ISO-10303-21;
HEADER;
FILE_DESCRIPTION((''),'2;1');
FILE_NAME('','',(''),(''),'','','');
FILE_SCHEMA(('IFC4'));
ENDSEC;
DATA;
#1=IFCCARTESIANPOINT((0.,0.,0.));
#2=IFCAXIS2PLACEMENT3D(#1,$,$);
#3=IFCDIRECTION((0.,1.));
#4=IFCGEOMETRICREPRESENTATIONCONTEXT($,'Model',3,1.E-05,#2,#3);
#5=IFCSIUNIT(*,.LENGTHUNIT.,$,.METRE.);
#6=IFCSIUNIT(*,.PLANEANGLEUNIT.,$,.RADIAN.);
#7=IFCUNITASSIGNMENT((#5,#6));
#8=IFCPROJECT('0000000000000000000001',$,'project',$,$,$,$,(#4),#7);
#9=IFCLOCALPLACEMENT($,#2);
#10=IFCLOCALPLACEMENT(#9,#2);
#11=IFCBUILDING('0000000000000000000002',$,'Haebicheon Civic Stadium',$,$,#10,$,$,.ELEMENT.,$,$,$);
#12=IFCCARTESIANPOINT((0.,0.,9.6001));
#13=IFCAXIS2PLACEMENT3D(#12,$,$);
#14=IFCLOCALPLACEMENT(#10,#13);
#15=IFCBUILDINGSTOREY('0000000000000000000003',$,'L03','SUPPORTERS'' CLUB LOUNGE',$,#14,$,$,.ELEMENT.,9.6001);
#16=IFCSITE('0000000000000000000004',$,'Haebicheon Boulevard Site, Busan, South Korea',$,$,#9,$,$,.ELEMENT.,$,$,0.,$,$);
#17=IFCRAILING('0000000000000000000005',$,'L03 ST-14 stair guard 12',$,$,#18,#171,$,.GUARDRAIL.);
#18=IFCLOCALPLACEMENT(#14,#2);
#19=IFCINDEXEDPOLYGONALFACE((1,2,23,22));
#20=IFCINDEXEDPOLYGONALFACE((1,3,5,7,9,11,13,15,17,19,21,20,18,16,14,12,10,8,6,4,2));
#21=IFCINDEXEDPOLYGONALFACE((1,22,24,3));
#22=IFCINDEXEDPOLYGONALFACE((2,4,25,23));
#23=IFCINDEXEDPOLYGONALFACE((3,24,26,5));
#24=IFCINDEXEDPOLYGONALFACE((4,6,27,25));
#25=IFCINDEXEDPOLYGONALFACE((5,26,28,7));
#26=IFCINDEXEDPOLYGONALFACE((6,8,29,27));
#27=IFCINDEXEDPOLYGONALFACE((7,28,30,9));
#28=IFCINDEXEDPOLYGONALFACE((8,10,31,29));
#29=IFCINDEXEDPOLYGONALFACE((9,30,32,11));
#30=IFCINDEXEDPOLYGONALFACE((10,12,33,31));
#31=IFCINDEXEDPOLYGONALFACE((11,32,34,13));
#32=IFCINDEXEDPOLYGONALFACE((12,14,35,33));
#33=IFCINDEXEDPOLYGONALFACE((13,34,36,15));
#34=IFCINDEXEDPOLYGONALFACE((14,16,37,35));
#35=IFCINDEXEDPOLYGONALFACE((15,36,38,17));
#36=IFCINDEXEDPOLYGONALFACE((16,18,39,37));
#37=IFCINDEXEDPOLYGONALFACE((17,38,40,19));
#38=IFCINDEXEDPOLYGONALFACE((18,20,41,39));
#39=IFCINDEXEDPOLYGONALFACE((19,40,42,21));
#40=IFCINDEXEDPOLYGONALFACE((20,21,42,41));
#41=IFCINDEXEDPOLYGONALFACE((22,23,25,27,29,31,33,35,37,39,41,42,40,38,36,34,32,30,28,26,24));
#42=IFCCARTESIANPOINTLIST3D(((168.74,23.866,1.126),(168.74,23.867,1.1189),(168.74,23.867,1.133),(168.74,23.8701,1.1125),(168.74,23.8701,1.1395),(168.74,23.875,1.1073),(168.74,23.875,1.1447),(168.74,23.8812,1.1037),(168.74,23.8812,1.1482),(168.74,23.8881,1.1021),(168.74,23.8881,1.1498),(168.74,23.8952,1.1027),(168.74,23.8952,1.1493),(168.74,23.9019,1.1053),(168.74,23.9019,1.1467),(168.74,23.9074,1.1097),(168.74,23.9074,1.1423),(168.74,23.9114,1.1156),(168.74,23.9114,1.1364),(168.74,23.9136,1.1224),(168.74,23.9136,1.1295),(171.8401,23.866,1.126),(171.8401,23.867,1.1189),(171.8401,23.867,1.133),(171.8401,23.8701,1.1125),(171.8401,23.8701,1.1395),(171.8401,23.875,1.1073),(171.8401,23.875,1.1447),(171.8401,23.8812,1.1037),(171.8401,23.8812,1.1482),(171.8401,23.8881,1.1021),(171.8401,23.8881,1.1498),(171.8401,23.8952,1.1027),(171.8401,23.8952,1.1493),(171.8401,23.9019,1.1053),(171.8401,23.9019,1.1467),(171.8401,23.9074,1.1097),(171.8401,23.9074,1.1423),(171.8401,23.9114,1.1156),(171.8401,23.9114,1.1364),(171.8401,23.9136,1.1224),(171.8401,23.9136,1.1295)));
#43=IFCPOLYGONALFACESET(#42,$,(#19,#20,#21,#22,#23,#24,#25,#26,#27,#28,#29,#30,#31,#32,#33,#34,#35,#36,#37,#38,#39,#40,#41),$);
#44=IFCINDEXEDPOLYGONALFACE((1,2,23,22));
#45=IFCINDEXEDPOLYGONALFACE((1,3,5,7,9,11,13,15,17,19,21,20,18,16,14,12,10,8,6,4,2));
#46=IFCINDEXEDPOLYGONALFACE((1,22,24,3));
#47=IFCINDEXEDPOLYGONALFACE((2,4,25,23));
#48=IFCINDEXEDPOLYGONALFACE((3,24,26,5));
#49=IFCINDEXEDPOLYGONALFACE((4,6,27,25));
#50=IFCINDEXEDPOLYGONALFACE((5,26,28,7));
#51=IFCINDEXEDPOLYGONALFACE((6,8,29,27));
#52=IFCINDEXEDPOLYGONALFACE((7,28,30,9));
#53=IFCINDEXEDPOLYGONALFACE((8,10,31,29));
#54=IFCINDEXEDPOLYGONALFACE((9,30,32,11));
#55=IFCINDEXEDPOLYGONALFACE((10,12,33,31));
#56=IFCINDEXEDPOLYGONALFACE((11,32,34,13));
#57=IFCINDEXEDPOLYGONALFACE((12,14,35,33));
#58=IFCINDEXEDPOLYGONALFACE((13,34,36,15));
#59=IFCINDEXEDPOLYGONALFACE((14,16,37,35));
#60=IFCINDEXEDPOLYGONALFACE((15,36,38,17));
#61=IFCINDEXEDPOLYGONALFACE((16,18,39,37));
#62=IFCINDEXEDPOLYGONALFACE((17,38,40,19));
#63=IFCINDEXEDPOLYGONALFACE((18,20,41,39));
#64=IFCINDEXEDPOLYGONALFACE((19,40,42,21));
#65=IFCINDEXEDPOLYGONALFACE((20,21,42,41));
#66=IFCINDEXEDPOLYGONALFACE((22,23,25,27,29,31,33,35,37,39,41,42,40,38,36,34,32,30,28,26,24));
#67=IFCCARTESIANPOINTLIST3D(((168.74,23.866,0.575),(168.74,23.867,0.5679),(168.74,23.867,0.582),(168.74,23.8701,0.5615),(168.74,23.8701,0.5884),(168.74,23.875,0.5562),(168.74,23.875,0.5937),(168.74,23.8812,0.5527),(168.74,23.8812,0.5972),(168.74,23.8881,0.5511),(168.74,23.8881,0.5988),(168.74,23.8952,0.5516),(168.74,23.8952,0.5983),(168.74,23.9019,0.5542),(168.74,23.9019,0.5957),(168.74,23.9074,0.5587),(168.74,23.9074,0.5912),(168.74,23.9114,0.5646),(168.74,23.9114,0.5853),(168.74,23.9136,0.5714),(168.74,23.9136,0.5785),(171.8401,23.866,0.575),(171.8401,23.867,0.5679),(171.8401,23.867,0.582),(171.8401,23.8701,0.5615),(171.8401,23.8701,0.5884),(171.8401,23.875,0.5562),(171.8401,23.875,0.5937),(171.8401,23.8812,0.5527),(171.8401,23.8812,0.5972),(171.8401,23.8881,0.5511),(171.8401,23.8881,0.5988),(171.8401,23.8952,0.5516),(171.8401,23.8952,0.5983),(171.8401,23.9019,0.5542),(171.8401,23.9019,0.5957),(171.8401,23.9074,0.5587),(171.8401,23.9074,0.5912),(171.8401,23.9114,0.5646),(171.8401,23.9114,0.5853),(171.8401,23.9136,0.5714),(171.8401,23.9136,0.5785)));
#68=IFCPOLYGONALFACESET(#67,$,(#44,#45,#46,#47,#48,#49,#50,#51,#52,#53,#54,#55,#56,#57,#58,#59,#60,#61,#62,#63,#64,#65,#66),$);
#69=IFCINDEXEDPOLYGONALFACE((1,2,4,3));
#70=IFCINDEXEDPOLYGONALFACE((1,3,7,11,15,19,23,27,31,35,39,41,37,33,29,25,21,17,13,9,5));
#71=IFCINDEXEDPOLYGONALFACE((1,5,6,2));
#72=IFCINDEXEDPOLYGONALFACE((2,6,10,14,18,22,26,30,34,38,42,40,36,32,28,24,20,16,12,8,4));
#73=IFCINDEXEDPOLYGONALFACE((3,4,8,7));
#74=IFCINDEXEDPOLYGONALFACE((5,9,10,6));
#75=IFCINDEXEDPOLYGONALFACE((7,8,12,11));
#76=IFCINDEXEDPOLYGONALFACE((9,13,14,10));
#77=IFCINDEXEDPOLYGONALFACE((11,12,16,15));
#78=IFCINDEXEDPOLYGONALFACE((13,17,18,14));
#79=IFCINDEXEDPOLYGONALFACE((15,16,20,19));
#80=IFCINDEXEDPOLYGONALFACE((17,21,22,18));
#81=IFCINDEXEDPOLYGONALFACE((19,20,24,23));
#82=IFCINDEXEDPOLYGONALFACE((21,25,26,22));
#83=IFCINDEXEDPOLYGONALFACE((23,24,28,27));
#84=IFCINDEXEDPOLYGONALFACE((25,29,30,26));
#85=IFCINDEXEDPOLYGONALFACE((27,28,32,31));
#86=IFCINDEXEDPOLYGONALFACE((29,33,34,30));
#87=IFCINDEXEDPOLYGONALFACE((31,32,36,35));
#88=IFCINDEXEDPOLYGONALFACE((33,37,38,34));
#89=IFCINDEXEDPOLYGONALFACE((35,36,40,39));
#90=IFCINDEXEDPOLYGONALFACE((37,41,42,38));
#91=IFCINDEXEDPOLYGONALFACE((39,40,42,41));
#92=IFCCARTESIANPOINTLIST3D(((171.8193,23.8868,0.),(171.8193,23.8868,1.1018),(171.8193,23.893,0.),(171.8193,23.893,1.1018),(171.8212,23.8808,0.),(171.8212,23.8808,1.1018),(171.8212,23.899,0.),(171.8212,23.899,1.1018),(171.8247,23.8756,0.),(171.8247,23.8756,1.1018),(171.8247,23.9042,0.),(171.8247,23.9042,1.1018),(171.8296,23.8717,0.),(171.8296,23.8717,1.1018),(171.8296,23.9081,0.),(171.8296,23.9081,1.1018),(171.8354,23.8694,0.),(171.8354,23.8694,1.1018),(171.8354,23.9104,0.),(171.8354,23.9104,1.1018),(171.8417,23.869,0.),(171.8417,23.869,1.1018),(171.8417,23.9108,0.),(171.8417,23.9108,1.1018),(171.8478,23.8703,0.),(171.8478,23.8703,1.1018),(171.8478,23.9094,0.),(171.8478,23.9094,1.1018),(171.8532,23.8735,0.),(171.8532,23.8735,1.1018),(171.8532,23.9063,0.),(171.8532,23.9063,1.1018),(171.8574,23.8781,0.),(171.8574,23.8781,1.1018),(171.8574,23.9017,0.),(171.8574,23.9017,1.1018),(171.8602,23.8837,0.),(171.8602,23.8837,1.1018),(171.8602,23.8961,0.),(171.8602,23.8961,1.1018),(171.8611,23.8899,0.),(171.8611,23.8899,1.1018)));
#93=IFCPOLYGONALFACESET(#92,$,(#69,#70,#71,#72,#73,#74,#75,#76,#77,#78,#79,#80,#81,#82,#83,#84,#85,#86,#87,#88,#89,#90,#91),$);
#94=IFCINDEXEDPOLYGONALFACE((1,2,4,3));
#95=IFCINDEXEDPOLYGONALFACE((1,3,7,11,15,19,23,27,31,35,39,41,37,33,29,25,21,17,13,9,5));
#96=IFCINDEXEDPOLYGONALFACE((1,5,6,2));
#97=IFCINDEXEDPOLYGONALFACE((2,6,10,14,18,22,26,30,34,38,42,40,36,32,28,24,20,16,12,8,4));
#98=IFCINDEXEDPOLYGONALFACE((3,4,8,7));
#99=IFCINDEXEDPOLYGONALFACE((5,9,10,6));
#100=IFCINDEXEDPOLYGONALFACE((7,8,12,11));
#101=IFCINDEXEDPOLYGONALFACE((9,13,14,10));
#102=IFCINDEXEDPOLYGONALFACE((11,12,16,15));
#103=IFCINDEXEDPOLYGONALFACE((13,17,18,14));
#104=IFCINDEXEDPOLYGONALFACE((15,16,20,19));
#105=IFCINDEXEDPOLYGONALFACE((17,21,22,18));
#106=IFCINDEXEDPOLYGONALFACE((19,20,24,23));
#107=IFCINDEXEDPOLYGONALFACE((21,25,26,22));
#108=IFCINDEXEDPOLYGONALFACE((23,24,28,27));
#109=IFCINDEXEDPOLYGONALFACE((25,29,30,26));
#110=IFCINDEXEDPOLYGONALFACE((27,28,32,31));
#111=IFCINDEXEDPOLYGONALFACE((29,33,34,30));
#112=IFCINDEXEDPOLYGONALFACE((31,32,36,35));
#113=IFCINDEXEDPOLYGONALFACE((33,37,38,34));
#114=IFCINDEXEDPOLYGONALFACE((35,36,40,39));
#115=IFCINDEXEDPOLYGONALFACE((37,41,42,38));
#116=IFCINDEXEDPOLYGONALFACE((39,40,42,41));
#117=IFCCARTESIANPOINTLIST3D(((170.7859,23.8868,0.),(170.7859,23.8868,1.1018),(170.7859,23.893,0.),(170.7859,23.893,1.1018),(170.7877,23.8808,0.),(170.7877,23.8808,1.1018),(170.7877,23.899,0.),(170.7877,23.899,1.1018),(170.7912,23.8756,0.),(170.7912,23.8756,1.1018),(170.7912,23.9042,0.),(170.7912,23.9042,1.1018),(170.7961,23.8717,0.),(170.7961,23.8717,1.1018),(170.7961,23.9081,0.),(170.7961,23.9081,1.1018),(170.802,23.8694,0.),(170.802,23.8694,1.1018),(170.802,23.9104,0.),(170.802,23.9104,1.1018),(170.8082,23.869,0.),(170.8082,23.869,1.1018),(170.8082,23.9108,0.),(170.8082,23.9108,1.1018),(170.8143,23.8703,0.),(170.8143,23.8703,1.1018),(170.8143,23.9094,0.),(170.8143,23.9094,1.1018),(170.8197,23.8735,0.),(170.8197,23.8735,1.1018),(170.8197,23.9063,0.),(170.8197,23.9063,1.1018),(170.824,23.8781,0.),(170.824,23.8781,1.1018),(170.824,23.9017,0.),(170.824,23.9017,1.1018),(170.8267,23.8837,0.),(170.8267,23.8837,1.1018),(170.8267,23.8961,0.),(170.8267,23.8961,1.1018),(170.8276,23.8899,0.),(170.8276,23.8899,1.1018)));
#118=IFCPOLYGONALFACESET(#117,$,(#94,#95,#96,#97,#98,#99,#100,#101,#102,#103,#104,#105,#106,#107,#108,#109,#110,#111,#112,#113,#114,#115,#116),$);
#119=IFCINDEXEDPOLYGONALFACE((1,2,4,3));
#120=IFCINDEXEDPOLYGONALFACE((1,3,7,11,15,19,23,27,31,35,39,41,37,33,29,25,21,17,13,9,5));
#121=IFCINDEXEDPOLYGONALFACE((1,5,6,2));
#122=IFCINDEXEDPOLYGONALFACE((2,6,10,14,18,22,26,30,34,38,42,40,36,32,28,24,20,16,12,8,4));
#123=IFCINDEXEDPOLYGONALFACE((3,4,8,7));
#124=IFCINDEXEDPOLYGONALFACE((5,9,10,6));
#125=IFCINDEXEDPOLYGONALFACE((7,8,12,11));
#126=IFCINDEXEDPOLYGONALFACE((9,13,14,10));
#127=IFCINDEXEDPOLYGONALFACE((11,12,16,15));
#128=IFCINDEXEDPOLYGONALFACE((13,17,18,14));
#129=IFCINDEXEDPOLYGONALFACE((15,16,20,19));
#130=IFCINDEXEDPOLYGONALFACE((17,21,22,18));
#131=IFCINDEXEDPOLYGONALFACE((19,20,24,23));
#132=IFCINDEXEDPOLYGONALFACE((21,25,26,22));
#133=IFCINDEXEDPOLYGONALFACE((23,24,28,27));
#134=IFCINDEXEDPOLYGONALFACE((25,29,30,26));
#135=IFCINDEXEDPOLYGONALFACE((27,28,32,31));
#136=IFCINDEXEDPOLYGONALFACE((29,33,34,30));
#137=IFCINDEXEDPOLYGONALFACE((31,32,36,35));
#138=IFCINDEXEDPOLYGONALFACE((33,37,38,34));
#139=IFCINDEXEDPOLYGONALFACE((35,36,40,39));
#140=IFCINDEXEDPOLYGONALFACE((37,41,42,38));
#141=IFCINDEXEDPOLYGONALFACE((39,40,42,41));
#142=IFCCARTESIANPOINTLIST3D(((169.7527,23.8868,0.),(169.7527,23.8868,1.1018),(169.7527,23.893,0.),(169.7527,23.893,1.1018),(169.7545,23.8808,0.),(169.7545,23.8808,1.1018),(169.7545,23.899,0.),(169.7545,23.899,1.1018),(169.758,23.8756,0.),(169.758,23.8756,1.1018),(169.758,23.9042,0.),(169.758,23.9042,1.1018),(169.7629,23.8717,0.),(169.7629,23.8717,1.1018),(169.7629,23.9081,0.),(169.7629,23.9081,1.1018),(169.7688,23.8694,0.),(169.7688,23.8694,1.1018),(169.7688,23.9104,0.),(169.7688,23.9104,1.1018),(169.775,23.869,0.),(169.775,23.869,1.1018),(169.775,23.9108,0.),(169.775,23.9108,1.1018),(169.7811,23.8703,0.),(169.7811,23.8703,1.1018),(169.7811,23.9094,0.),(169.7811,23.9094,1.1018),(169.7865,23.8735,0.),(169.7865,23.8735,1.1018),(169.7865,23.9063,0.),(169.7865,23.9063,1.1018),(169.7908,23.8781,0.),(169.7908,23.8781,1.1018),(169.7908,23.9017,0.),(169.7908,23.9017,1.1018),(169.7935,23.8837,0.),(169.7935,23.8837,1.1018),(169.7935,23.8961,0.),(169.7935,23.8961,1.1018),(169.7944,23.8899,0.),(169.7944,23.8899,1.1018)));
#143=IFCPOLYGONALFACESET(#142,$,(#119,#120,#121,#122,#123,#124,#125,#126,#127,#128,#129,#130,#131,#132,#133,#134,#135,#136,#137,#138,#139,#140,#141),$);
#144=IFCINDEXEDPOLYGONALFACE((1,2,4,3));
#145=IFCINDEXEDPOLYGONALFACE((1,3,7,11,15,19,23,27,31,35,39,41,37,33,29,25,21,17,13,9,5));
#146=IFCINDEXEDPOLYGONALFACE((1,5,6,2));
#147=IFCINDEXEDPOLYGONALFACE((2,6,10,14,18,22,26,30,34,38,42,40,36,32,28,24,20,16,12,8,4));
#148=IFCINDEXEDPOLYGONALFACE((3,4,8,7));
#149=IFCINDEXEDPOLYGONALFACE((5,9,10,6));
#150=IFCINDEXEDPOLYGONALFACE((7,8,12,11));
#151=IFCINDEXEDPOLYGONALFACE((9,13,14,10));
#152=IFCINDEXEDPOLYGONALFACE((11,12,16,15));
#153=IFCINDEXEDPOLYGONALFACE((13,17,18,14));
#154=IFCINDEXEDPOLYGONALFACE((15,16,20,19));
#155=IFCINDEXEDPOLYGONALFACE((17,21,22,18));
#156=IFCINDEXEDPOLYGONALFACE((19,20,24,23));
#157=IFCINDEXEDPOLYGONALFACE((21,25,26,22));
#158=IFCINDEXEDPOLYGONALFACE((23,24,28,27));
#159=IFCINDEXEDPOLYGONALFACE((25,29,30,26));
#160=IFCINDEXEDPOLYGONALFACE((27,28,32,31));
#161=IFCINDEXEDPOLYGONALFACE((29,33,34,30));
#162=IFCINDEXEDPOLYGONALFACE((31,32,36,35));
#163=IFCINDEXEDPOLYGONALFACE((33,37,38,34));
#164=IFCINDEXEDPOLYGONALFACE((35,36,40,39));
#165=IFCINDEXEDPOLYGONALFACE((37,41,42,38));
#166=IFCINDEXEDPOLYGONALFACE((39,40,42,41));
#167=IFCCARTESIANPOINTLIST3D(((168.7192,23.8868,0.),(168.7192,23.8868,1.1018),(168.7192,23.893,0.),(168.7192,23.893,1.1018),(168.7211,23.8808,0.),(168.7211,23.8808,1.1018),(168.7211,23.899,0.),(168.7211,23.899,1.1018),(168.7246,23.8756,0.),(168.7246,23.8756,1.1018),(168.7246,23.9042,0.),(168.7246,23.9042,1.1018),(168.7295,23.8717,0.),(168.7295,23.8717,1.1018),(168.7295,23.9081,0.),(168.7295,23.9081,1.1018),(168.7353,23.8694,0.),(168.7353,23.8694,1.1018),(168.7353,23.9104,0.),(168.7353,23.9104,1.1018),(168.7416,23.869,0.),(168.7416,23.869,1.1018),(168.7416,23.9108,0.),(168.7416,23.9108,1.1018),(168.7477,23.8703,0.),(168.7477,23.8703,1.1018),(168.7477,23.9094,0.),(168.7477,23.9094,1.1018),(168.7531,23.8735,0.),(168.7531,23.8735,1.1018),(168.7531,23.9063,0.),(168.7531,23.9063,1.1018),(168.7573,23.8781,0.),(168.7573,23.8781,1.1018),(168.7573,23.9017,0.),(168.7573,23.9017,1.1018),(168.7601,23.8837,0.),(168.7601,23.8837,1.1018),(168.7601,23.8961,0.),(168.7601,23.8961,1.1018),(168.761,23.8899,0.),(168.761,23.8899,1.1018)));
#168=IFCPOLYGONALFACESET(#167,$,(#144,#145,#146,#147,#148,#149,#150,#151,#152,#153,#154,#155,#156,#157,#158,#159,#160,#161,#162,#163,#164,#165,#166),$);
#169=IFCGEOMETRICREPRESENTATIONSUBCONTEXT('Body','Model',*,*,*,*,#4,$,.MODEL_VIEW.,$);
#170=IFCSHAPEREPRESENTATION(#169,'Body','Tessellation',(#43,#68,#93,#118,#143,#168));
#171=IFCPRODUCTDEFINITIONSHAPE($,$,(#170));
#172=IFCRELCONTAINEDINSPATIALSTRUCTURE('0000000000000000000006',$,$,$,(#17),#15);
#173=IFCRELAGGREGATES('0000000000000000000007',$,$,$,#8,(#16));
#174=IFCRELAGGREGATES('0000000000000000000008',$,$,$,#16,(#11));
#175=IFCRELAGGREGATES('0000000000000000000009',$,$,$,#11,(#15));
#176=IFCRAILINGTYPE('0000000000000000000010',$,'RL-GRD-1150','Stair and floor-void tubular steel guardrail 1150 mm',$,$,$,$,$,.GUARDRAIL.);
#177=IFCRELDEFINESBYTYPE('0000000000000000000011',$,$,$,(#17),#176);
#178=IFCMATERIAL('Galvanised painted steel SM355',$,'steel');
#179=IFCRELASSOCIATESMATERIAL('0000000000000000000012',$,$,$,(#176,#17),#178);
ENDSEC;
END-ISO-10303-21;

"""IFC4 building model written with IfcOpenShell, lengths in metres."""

from ifc_helpers import new_model, si_unit, direction, frame, origin, origin_2d, place, context, subcontext, project, spatial, circle, extrude, material, type_object, element, save


model = new_model("IFC4")

# Units and contexts
model_context = context("Model", 3, precision=1e-05, world=origin(), true_north=direction((0.0, 1.0)))
body_context = subcontext(model_context, "Body", "Model", "MODEL_VIEW")
ifc_project = project(units=[si_unit("LENGTHUNIT", "METRE"), si_unit("PLANEANGLEUNIT", "RADIAN")], contexts=[model_context])

# Site, building, storey
site_placement = place(None, origin())
site = spatial("IfcSite", under=ifc_project, at=site_placement, Name="Haebicheon Boulevard Site, Busan, South Korea", CompositionType="ELEMENT", RefElevation=0.0)
building_placement = place(site_placement, origin())
building = spatial("IfcBuilding", under=site, at=building_placement, Name="Haebicheon Civic Stadium", CompositionType="ELEMENT")
storey_placement = place(building_placement, frame((0.0, 0.0, 9.6001)))
storey = spatial("IfcBuildingStorey", under=building, at=storey_placement, Name="L03", Description="SUPPORTERS' CLUB LOUNGE", CompositionType="ELEMENT", Elevation=9.6001)

# Railing
ifc_material_1 = material(Name="Galvanised painted steel SM355", Category="steel")
railing_type_1 = type_object("IfcRailingType", Name="RL-GRD-1150", Description="Stair and floor-void tubular steel guardrail 1150 mm", PredefinedType="GUARDRAIL", material=ifc_material_1)
railing_1_placement = place(storey_placement, frame((171.8401, 23.8899, 0.0)))
element("IfcRailing", 1, at=railing_1_placement, inside=storey, type_object=railing_type_1, material=ifc_material_1, Name="L03 ST-14 stair guard 12", PredefinedType="GUARDRAIL", context=body_context, shape_type="SweptSolid", body=[
    extrude(circle(Radius=0.0239, at=origin_2d()), frame((0.0, 0.0, 1.126), z_axis=(-1.0, 0.0, 0.0), x_axis=(0.0, -1.0, 0.0)), (0.0, 0.0, 1.0), 3.1001),
    extrude(circle(Radius=0.0239, at=origin_2d()), frame((0.0, 0.0, 0.575), z_axis=(-1.0, 0.0, 0.0), x_axis=(0.0, -1.0, 0.0)), (0.0, 0.0, 1.0), 3.1001),
    extrude(circle(Radius=0.021, at=origin_2d()), origin(), (0.0, 0.0, 1.0), 1.1018),
    extrude(circle(Radius=0.021, at=origin_2d()), frame((-1.0334, 0.0, 0.0)), (0.0, 0.0, 1.0), 1.1018),
    extrude(circle(Radius=0.021, at=origin_2d()), frame((-2.0667, 0.0, 0.0)), (0.0, 0.0, 1.0), 1.1018),
    extrude(circle(Radius=0.021, at=origin_2d()), frame((-3.1001, 0.0, 0.0)), (0.0, 0.0, 1.0), 1.1018),
])

save(model, "model.ifc")
